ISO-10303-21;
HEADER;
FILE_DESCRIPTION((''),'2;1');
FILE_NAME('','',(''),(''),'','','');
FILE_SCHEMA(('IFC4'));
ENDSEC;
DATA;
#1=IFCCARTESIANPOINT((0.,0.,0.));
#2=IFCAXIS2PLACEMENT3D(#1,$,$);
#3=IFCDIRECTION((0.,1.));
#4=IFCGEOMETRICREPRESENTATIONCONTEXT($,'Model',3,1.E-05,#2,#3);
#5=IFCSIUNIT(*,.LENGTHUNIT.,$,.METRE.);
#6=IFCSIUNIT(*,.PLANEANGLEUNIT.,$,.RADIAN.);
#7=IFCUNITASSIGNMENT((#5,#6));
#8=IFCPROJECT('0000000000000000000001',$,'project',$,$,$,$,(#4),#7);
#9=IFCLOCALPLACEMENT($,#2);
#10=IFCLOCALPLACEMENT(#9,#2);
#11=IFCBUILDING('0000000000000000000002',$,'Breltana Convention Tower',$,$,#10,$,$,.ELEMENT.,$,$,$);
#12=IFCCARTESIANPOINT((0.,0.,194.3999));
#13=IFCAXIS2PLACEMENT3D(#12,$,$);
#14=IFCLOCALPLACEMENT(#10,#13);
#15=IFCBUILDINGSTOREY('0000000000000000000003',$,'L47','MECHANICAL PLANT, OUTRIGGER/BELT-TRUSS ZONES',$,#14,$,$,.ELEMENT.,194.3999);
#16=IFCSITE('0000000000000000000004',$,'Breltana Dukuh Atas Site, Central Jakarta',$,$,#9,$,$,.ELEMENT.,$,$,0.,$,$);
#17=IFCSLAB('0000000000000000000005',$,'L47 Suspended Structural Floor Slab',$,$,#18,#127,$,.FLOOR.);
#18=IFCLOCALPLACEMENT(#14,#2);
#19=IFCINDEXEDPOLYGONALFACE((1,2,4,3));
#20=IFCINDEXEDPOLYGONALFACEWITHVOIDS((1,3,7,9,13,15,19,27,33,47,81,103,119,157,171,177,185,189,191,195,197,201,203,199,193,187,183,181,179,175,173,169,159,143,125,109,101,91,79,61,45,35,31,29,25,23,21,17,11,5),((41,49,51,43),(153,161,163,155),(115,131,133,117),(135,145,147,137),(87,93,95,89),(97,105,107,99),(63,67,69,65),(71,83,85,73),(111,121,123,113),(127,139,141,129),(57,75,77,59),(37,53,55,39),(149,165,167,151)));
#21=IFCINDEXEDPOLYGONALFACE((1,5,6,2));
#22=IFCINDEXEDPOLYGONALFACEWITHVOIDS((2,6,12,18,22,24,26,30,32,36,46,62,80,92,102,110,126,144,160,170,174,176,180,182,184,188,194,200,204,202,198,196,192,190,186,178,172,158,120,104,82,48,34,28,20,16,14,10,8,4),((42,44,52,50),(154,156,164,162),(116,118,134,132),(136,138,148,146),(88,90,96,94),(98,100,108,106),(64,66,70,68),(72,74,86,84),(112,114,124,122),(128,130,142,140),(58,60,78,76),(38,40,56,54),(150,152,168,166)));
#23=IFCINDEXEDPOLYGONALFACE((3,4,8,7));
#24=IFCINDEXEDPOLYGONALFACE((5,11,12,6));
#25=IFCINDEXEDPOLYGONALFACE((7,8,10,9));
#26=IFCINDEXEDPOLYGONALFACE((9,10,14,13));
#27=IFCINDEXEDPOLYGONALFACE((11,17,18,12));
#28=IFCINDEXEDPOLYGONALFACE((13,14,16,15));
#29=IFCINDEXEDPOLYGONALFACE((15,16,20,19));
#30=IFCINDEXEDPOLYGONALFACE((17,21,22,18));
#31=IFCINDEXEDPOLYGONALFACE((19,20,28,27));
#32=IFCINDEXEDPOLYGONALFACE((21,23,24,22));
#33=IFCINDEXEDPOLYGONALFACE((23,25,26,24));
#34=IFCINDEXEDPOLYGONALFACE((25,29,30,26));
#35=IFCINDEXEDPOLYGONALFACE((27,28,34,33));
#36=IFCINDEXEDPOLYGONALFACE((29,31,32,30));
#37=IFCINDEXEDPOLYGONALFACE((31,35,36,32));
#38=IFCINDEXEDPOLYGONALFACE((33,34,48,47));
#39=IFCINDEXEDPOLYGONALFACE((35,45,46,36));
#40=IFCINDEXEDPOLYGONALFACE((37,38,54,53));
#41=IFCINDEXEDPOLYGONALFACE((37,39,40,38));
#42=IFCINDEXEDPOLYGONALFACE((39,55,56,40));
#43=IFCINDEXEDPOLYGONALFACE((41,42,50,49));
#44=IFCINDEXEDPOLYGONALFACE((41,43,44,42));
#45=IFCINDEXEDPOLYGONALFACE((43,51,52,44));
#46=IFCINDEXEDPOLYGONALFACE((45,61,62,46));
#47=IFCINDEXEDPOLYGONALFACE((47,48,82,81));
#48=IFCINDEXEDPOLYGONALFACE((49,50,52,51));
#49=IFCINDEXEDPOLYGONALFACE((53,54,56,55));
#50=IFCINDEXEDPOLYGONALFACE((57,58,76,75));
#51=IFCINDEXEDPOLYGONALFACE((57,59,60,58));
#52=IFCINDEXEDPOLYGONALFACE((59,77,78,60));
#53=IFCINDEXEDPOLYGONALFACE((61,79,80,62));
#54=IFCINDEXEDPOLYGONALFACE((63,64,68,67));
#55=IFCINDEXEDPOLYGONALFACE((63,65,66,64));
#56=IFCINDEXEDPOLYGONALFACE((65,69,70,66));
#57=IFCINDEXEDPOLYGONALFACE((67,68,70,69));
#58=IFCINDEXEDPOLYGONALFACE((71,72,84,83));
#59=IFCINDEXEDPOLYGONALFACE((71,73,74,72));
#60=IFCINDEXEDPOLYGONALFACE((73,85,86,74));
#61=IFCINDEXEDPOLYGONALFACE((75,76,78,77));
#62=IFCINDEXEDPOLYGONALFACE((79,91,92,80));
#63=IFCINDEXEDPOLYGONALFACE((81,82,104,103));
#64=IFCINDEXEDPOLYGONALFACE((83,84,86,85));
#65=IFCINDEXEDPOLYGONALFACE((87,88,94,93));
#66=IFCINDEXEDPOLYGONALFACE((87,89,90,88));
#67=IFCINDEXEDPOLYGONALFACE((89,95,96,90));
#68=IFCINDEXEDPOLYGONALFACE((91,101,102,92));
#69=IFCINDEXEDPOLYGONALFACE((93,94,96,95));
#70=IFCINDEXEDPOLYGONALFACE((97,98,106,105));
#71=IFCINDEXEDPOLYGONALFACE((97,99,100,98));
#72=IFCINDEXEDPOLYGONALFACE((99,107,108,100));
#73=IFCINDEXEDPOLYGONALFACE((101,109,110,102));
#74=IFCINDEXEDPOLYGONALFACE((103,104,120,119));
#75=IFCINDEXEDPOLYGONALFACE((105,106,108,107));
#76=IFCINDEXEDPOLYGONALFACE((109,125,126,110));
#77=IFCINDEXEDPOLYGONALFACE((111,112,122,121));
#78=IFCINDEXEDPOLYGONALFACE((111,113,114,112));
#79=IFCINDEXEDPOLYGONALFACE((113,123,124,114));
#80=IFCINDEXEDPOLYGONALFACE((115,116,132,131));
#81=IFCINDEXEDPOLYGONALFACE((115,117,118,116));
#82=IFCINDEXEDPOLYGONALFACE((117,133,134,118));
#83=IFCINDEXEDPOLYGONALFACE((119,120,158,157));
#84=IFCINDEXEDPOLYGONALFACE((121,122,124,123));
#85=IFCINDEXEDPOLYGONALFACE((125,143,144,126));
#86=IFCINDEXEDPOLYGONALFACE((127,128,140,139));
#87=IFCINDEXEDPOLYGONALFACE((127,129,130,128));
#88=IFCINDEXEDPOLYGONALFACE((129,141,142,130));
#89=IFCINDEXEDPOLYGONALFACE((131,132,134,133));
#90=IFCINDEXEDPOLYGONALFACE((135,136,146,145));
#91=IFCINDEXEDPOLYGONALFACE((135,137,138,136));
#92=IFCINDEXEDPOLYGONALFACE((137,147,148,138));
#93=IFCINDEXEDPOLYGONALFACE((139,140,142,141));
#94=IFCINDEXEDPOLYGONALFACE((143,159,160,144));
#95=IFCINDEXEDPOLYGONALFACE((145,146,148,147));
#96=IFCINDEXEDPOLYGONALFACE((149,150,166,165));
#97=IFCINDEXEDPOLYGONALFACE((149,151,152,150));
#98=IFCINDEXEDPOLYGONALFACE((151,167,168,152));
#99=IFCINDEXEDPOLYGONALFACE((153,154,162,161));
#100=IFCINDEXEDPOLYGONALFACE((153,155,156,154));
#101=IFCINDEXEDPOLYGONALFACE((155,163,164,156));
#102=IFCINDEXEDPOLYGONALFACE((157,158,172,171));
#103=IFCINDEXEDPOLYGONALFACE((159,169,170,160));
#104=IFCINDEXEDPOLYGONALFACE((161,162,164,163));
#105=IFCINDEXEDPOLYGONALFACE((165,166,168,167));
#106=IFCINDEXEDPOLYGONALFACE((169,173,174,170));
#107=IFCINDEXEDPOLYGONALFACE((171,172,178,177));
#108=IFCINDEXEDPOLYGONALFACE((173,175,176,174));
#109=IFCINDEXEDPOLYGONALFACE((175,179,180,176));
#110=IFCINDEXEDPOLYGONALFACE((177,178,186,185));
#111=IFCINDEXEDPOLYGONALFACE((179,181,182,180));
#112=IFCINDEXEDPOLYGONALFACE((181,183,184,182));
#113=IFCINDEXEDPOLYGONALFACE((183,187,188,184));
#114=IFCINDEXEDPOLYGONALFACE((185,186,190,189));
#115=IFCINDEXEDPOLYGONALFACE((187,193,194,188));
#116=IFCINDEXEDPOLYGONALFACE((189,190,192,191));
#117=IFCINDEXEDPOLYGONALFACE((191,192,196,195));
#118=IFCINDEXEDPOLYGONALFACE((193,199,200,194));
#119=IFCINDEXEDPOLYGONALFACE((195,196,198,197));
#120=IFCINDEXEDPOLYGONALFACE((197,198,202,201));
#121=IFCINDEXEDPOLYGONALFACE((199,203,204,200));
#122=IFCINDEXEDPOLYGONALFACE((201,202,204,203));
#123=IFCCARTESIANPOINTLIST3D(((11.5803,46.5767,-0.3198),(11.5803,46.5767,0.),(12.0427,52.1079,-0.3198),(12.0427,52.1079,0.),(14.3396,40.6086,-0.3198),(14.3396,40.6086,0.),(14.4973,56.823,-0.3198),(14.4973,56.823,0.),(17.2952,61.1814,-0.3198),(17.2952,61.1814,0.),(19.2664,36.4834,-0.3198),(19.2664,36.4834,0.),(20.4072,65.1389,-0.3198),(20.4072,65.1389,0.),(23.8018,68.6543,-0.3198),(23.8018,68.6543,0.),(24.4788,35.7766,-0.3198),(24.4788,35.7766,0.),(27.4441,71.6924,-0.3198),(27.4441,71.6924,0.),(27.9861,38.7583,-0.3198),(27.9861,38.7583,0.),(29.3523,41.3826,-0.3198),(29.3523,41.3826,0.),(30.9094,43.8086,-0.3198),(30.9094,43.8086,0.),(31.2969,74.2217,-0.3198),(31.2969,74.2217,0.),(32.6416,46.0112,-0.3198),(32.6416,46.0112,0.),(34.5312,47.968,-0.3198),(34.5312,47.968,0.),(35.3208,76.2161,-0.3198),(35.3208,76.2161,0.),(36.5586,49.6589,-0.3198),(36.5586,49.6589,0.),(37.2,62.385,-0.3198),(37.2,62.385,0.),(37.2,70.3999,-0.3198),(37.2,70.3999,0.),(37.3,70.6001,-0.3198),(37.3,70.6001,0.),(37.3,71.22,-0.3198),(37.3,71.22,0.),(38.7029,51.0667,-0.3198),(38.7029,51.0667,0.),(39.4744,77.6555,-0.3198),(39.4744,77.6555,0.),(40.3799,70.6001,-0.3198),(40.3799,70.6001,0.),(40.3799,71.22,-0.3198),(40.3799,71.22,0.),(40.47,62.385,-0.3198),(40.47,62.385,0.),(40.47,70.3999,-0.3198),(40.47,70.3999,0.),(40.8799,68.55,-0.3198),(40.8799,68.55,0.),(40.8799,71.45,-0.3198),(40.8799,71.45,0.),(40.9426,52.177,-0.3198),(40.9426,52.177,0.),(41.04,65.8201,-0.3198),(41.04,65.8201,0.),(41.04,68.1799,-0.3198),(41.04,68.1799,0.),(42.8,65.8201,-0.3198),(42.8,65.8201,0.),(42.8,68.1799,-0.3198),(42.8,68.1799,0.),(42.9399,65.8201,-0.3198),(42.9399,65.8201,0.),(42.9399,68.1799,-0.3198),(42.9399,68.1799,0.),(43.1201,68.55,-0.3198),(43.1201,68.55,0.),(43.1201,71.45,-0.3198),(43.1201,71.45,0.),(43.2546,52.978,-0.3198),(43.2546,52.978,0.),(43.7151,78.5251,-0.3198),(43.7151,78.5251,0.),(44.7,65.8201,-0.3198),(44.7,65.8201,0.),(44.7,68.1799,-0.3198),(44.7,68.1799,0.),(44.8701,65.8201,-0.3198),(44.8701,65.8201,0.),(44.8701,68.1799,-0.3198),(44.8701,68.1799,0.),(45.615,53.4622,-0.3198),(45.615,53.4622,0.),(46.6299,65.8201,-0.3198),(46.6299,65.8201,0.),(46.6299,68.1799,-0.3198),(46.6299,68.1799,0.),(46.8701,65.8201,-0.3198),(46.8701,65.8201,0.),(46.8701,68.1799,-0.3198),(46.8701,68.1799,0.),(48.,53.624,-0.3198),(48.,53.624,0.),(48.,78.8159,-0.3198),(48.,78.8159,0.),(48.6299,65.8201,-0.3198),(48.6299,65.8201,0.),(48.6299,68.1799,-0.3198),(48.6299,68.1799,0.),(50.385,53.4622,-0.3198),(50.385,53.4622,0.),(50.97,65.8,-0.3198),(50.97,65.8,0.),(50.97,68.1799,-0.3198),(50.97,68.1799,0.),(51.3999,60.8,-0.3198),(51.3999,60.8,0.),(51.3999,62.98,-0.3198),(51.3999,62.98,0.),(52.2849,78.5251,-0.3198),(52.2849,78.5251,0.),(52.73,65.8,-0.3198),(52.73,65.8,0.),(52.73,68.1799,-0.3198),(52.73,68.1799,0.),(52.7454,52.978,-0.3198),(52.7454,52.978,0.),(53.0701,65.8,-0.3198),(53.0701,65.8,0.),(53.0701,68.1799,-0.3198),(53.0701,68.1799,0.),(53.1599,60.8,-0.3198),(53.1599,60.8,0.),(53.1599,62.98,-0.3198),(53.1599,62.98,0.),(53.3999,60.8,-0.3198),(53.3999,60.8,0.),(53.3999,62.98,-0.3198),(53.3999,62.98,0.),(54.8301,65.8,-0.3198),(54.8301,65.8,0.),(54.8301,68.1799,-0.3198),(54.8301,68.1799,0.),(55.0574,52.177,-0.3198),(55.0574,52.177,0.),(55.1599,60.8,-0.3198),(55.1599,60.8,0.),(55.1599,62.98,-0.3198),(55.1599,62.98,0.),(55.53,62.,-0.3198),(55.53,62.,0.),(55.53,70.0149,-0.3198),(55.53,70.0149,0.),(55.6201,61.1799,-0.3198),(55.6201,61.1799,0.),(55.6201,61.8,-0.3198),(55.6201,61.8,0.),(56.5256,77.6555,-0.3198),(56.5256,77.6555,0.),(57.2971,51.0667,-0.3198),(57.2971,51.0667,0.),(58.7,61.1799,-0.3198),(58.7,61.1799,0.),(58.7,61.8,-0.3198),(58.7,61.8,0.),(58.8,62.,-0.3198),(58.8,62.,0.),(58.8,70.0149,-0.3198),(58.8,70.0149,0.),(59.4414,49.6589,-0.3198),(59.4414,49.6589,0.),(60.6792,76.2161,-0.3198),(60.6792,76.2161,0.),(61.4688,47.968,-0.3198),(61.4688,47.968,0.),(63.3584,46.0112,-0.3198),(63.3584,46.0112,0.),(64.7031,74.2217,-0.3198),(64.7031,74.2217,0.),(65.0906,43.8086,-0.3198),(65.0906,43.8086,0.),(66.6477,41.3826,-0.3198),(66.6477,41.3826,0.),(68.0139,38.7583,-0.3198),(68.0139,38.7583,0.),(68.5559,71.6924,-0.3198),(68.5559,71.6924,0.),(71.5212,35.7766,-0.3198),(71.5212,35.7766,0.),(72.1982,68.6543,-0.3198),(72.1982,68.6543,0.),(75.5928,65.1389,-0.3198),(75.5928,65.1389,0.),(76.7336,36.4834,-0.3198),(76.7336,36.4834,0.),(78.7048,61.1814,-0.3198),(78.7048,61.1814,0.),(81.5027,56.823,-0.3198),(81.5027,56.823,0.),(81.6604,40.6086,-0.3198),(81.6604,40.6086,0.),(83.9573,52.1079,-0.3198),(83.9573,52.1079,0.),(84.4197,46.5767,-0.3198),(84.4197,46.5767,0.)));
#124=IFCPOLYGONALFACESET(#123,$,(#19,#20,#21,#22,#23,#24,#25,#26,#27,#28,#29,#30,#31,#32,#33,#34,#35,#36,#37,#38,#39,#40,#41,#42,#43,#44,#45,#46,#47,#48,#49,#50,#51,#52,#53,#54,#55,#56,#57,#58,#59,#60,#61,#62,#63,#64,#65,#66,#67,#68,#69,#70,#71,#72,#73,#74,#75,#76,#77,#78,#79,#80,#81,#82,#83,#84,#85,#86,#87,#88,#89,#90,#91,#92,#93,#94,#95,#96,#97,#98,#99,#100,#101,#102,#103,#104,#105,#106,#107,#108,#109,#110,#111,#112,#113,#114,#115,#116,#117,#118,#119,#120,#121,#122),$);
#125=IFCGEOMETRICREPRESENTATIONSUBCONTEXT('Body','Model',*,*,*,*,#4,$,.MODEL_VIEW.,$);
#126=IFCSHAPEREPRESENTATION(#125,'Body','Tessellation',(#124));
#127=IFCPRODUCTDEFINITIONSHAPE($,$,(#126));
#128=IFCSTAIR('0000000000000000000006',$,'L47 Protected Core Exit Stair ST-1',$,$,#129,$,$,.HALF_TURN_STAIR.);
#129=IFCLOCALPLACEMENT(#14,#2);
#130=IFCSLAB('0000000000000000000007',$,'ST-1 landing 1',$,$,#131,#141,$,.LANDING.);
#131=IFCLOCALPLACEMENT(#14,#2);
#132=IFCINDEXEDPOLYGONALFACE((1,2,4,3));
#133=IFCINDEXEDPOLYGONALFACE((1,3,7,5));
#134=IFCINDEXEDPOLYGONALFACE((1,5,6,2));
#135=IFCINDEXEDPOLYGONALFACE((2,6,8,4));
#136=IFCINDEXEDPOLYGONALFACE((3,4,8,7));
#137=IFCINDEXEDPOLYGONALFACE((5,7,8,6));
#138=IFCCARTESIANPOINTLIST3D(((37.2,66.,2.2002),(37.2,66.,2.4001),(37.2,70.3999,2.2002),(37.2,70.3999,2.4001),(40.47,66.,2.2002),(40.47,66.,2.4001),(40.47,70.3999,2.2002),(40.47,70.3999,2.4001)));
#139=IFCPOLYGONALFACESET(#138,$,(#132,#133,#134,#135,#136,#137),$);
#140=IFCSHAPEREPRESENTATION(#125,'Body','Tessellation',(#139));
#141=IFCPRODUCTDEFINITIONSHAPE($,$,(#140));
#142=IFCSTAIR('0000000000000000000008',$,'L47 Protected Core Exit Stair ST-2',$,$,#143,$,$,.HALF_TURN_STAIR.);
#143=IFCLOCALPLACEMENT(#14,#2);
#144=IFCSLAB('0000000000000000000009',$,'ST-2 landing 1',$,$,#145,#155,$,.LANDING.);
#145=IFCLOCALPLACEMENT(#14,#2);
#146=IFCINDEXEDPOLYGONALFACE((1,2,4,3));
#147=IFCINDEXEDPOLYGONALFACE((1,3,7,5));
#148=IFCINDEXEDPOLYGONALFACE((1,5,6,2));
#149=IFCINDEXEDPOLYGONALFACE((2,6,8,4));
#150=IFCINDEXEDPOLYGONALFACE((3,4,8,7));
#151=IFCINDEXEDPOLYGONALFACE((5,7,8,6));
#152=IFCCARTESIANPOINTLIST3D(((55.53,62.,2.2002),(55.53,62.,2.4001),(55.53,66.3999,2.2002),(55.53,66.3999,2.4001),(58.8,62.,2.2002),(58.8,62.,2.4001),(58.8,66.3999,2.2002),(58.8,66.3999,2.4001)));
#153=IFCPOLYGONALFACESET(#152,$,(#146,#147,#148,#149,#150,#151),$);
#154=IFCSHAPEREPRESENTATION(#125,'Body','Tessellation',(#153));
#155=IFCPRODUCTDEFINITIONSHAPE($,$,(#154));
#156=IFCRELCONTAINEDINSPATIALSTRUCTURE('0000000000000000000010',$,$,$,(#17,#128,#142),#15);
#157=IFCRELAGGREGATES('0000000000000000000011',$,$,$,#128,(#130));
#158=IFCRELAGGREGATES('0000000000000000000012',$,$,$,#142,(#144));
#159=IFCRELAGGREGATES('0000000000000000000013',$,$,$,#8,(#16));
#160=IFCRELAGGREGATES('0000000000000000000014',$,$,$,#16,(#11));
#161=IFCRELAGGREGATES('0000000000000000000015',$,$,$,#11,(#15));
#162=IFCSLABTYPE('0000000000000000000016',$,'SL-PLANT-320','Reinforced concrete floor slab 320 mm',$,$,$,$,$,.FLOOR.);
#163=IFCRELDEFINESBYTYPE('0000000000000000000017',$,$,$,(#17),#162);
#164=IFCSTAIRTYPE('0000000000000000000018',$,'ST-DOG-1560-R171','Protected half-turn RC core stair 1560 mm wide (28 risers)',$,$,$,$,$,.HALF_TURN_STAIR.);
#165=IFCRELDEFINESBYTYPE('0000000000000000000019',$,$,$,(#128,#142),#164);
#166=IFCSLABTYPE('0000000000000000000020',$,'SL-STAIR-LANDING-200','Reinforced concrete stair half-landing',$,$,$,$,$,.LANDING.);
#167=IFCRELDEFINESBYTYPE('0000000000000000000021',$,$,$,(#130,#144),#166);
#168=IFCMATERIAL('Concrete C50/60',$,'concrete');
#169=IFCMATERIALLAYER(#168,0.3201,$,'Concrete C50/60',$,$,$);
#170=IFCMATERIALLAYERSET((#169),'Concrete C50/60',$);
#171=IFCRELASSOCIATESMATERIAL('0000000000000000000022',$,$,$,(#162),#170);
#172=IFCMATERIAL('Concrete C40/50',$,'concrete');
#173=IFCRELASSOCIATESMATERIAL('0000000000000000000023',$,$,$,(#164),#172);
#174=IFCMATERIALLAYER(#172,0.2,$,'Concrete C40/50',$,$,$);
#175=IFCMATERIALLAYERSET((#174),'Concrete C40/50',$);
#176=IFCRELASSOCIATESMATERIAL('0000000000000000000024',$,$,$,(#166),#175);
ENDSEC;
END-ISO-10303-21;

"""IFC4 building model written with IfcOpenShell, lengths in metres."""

from ifc_helpers import new_model, si_unit, direction, frame, origin, place, context, subcontext, project, spatial, polyline, outline, extrude, material, layer, layer_set, type_object, element, aggregate, save


model = new_model("IFC4")

# Units and contexts
model_context = context("Model", 3, precision=1e-05, world=origin(), true_north=direction((0.0, 1.0)))
body_context = subcontext(model_context, "Body", "Model", "MODEL_VIEW")
ifc_project = project(units=[si_unit("LENGTHUNIT", "METRE"), si_unit("PLANEANGLEUNIT", "RADIAN")], contexts=[model_context])

# Site, building, storey
site_placement = place(None, origin())
site = spatial("IfcSite", under=ifc_project, at=site_placement, Name="Breltana Dukuh Atas Site, Central Jakarta", CompositionType="ELEMENT", RefElevation=0.0)
building_placement = place(site_placement, origin())
building = spatial("IfcBuilding", under=site, at=building_placement, Name="Breltana Convention Tower", CompositionType="ELEMENT")
storey_placement = place(building_placement, frame((0.0, 0.0, 194.3999)))
storey = spatial("IfcBuildingStorey", under=building, at=storey_placement, Name="L47", Description="MECHANICAL PLANT, OUTRIGGER/BELT-TRUSS ZONES", CompositionType="ELEMENT", Elevation=194.3999)

# Shared definitions
ifc_material_1 = material(Name="Concrete C50/60", Category="concrete")

# Slab
ifc_layer_1 = layer(ifc_material_1, 0.3201, Name="Concrete C50/60")
ifc_layer_set_1 = layer_set([ifc_layer_1], Name="Concrete C50/60")
slab_type_1 = type_object("IfcSlabType", Name="SL-PLANT-320", Description="Reinforced concrete floor slab 320 mm", PredefinedType="FLOOR", material=ifc_layer_set_1)
slab_1_placement = place(storey_placement, frame((0.0, 0.0, -0.3198)))
element("IfcSlab", 1, at=slab_1_placement, inside=storey, type_object=slab_type_1, Name="L47 Suspended Structural Floor Slab", PredefinedType="FLOOR", context=body_context, shape_type="SweptSolid", body=[
    extrude(outline(polyline([(83.9573, 52.1079), (81.5027, 56.823), (78.7048, 61.1814), (75.5928, 65.1389), (72.1982, 68.6543), (68.5559, 71.6924), (64.7031, 74.2217), (60.6792, 76.2161), (56.5256, 77.6555), (52.2849, 78.5251), (48.0, 78.8159), (43.7151, 78.5251), (39.4744, 77.6555), (35.3208, 76.2161), (31.2969, 74.2217), (27.4441, 71.6924), (23.8018, 68.6543), (20.4072, 65.1389), (17.2952, 61.1814), (14.4973, 56.823), (12.0427, 52.1079), (11.5803, 46.5767), (14.3396, 40.6086), (19.2664, 36.4834), (24.4788, 35.7766), (27.9861, 38.7583), (29.3523, 41.3826), (30.9094, 43.8086), (32.6416, 46.0112), (34.5312, 47.968), (36.5586, 49.6589), (38.7029, 51.0667), (40.9426, 52.177), (43.2546, 52.978), (45.615, 53.4622), (48.0, 53.624), (50.385, 53.4622), (52.7454, 52.978), (55.0574, 52.177), (57.2971, 51.0667), (59.4414, 49.6589), (61.4688, 47.968), (63.3584, 46.0112), (65.0906, 43.8086), (66.6477, 41.3826), (68.0139, 38.7583), (71.5212, 35.7766), (76.7336, 36.4834), (81.6604, 40.6086), (84.4197, 46.5767), (83.9573, 52.1079)]), holes=[polyline([(37.2, 62.385), (40.47, 62.385), (40.47, 70.3999), (37.2, 70.3999), (37.2, 62.385)]), polyline([(55.53, 62.0), (58.8, 62.0), (58.8, 70.0149), (55.53, 70.0149), (55.53, 62.0)]), polyline([(51.3999, 60.8), (53.1599, 60.8), (53.1599, 62.98), (51.3999, 62.98), (51.3999, 60.8)]), polyline([(53.3999, 60.8), (55.1599, 60.8), (55.1599, 62.98), (53.3999, 62.98), (53.3999, 60.8)]), polyline([(41.04, 65.8201), (42.8, 65.8201), (42.8, 68.1799), (41.04, 68.1799), (41.04, 65.8201)]), polyline([(42.9399, 65.8201), (44.7, 65.8201), (44.7, 68.1799), (42.9399, 68.1799), (42.9399, 65.8201)]), polyline([(44.8701, 65.8201), (46.6299, 65.8201), (46.6299, 68.1799), (44.8701, 68.1799), (44.8701, 65.8201)]), polyline([(46.8701, 65.8201), (48.6299, 65.8201), (48.6299, 68.1799), (46.8701, 68.1799), (46.8701, 65.8201)]), polyline([(50.97, 65.8), (52.73, 65.8), (52.73, 68.1799), (50.97, 68.1799), (50.97, 65.8)]), polyline([(53.0701, 65.8), (54.8301, 65.8), (54.8301, 68.1799), (53.0701, 68.1799), (53.0701, 65.8)]), polyline([(40.8799, 68.55), (43.1201, 68.55), (43.1201, 71.45), (40.8799, 71.45), (40.8799, 68.55)]), polyline([(37.3, 70.6001), (40.3799, 70.6001), (40.3799, 71.22), (37.3, 71.22), (37.3, 70.6001)]), polyline([(55.6201, 61.1799), (58.7, 61.1799), (58.7, 61.8), (55.6201, 61.8), (55.6201, 61.1799)])]), origin(), (0.0, 0.0, 1.0), 0.3198),
])

# Stairs, slabs
ifc_material_2 = material(Name="Concrete C40/50", Category="concrete")
stair_type = type_object("IfcStairType", Name="ST-DOG-1560-R171", Description="Protected half-turn RC core stair 1560 mm wide (28 risers)", PredefinedType="HALF_TURN_STAIR", material=ifc_material_2)
stair_1_placement = place(storey_placement, origin())
stair_1 = element("IfcStair", 2, at=stair_1_placement, inside=storey, type_object=stair_type, Name="L47 Protected Core Exit Stair ST-1", PredefinedType="HALF_TURN_STAIR")
ifc_layer_2 = layer(ifc_material_2, 0.2, Name="Concrete C40/50")
ifc_layer_set_2 = layer_set([ifc_layer_2], Name="Concrete C40/50")
slab_type_2 = type_object("IfcSlabType", Name="SL-STAIR-LANDING-200", Description="Reinforced concrete stair half-landing", PredefinedType="LANDING", material=ifc_layer_set_2)
slab_2_placement = place(storey_placement, frame((0.0, 0.0, 2.2002)))
slab_2 = element("IfcSlab", 3, at=slab_2_placement, type_object=slab_type_2, Name="ST-1 landing 1", PredefinedType="LANDING", context=body_context, shape_type="SweptSolid", body=[
    extrude(outline(polyline([(40.47, 66.0), (40.47, 70.3999), (37.2, 70.3999), (37.2, 66.0), (40.47, 66.0)])), origin(), (0.0, 0.0, 1.0), 0.2),
])
aggregate(stair_1, [slab_2])
stair_2_placement = place(storey_placement, origin())
stair_2 = element("IfcStair", 4, at=stair_2_placement, inside=storey, type_object=stair_type, Name="L47 Protected Core Exit Stair ST-2", PredefinedType="HALF_TURN_STAIR")
slab_3_placement = place(storey_placement, frame((0.0, 0.0, 2.2002)))
slab_3 = element("IfcSlab", 5, at=slab_3_placement, type_object=slab_type_2, Name="ST-2 landing 1", PredefinedType="LANDING", context=body_context, shape_type="SweptSolid", body=[
    extrude(outline(polyline([(55.53, 66.3999), (55.53, 62.0), (58.8, 62.0), (58.8, 66.3999), (55.53, 66.3999)])), origin(), (0.0, 0.0, 1.0), 0.2),
])
aggregate(stair_2, [slab_3])

save(model, "model.ifc")
